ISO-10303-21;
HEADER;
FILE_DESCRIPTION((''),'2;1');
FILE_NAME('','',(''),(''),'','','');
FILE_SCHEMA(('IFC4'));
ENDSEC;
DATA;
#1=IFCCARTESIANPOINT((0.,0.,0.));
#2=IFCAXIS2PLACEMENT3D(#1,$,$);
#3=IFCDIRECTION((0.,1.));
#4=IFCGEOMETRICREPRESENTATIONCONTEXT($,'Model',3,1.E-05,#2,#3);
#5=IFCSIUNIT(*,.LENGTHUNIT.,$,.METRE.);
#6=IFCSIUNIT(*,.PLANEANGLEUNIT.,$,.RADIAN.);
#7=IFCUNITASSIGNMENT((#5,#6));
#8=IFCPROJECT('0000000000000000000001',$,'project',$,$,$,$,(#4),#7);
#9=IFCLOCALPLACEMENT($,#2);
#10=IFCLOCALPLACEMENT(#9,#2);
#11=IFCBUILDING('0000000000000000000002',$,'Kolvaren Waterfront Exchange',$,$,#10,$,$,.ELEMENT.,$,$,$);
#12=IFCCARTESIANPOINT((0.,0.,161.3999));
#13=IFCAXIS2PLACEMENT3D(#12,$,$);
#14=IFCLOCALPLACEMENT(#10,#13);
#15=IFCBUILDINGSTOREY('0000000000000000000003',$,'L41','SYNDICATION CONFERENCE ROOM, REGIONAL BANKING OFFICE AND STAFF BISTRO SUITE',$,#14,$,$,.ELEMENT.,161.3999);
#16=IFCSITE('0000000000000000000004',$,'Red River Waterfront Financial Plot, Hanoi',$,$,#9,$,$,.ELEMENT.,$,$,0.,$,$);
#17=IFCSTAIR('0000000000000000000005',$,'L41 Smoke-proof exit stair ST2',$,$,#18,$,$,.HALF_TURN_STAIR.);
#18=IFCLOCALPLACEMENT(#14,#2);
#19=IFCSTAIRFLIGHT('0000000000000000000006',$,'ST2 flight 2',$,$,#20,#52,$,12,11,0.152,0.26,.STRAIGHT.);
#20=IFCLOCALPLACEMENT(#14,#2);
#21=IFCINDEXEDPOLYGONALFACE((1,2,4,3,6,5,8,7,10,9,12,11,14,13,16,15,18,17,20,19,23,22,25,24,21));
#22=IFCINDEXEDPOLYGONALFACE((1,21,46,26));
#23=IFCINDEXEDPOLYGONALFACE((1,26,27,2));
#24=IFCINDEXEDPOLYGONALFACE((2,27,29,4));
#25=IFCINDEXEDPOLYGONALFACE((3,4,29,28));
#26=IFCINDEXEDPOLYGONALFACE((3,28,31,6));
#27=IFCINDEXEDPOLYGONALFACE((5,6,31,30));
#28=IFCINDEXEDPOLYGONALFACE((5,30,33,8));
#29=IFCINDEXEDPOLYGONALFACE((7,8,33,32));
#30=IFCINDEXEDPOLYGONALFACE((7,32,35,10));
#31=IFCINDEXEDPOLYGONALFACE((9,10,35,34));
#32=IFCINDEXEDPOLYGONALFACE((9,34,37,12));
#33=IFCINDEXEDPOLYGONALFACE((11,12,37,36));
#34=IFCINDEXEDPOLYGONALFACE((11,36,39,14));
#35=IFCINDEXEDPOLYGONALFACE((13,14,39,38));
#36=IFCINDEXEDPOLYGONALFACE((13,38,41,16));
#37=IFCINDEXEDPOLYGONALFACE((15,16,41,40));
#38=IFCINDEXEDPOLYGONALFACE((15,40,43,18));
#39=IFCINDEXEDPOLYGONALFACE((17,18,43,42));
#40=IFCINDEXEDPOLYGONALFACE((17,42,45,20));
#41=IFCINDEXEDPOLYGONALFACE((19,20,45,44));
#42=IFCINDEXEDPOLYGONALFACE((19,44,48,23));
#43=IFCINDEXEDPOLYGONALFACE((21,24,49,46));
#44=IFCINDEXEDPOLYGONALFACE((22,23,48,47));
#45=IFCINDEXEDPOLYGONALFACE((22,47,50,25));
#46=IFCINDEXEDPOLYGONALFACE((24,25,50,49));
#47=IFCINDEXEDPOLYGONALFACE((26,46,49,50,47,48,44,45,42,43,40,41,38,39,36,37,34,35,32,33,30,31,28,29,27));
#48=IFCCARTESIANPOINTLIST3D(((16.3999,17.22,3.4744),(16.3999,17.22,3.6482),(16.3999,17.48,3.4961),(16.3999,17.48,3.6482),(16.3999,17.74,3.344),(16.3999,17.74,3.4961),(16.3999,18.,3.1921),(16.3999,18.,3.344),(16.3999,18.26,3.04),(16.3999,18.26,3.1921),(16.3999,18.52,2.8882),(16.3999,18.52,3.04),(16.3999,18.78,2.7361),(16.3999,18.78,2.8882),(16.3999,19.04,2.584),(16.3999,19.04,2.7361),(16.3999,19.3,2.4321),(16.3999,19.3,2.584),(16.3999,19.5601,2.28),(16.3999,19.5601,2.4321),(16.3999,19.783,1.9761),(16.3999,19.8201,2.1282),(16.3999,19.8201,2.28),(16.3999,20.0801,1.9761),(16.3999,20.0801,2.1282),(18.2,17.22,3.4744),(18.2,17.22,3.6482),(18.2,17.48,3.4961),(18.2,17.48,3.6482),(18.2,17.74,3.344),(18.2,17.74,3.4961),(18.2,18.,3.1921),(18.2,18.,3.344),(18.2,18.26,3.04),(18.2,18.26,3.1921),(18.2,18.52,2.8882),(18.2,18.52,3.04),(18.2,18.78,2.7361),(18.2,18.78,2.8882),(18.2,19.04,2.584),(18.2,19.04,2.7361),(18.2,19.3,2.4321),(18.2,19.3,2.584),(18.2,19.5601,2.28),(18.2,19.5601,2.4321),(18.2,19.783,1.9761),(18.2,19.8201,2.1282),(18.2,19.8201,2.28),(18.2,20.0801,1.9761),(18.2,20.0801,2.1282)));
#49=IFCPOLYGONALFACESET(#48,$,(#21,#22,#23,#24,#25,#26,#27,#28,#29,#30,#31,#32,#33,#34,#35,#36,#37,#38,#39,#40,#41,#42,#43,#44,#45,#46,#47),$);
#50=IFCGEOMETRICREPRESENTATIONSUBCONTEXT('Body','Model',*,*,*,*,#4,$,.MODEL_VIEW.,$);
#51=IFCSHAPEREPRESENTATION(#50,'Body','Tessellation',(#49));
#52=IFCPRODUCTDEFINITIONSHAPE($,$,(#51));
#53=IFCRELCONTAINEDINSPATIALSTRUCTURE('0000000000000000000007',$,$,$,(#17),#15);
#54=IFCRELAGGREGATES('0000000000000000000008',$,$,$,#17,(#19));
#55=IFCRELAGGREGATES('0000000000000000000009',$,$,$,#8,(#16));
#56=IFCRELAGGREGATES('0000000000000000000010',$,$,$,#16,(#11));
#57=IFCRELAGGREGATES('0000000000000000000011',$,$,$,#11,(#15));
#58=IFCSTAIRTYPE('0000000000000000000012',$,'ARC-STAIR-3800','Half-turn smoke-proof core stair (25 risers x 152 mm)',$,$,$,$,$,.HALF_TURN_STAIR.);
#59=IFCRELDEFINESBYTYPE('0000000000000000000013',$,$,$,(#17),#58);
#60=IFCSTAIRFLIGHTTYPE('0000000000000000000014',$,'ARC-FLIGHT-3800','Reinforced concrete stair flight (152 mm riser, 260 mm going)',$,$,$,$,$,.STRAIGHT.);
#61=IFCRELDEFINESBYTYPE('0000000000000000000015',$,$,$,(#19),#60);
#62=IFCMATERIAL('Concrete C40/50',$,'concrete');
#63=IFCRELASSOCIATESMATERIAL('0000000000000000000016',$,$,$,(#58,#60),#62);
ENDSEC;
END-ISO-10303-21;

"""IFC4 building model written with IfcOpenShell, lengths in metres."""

from ifc_helpers import new_model, si_unit, direction, frame, origin, place, context, subcontext, project, spatial, polyline, outline, extrude, material, type_object, element, aggregate, save


model = new_model("IFC4")

# Units and contexts
model_context = context("Model", 3, precision=1e-05, world=origin(), true_north=direction((0.0, 1.0)))
body_context = subcontext(model_context, "Body", "Model", "MODEL_VIEW")
ifc_project = project(units=[si_unit("LENGTHUNIT", "METRE"), si_unit("PLANEANGLEUNIT", "RADIAN")], contexts=[model_context])

# Site, building, storey
site_placement = place(None, origin())
site = spatial("IfcSite", under=ifc_project, at=site_placement, Name="Red River Waterfront Financial Plot, Hanoi", CompositionType="ELEMENT", RefElevation=0.0)
building_placement = place(site_placement, origin())
building = spatial("IfcBuilding", under=site, at=building_placement, Name="Kolvaren Waterfront Exchange", CompositionType="ELEMENT")
storey_placement = place(building_placement, frame((0.0, 0.0, 161.3999)))
storey = spatial("IfcBuildingStorey", under=building, at=storey_placement, Name="L41", Description="SYNDICATION CONFERENCE ROOM, REGIONAL BANKING OFFICE AND STAFF BISTRO SUITE", CompositionType="ELEMENT", Elevation=161.3999)

# Stair, stair flight
ifc_material_1 = material(Name="Concrete C40/50", Category="concrete")
stair_type = type_object("IfcStairType", Name="ARC-STAIR-3800", Description="Half-turn smoke-proof core stair (25 risers x 152 mm)", PredefinedType="HALF_TURN_STAIR", material=ifc_material_1)
stair_placement = place(storey_placement, origin())
stair = element("IfcStair", 1, at=stair_placement, inside=storey, type_object=stair_type, Name="L41 Smoke-proof exit stair ST2", PredefinedType="HALF_TURN_STAIR")
stair_flight_type = type_object("IfcStairFlightType", Name="ARC-FLIGHT-3800", Description="Reinforced concrete stair flight (152 mm riser, 260 mm going)", PredefinedType="STRAIGHT", material=ifc_material_1)
stair_flight_placement = place(storey_placement, frame((17.3, 20.0801, 1.9761), z_axis=(0.0, 0.0, 1.0), x_axis=(0.0, -1.0, 0.0)))
stair_flight = element("IfcStairFlight", 2, at=stair_flight_placement, type_object=stair_flight_type, Name="ST2 flight 2", NumberOfRisers=12, NumberOfTreads=11, PredefinedType="STRAIGHT", RiserHeight=0.152, TreadLength=0.26, context=body_context, shape_type="SweptSolid", body=[
    extrude(outline(polyline([(0.0, 0.0), (0.0, 0.1521), (0.26, 0.1521), (0.26, 0.304), (0.52, 0.304), (0.52, 0.4561), (0.78, 0.4561), (0.78, 0.6079), (1.04, 0.6079), (1.04, 0.76), (1.3, 0.76), (1.3, 0.9121), (1.5601, 0.9121), (1.5601, 1.064), (1.8201, 1.064), (1.8201, 1.2161), (2.0801, 1.2161), (2.0801, 1.3679), (2.3401, 1.3679), (2.3401, 1.52), (2.6001, 1.52), (2.6001, 1.6721), (2.8601, 1.6721), (2.8601, 1.824), (2.8601, 1.4983), (0.2971, 0.0), (0.0, 0.0)])), frame((0.0, 0.8999, 0.0), z_axis=(0.0, -1.0, 0.0), x_axis=(1.0, 0.0, 0.0)), (0.0, 0.0, 1.0), 1.8),
])
aggregate(stair, [stair_flight])

save(model, "model.ifc")
